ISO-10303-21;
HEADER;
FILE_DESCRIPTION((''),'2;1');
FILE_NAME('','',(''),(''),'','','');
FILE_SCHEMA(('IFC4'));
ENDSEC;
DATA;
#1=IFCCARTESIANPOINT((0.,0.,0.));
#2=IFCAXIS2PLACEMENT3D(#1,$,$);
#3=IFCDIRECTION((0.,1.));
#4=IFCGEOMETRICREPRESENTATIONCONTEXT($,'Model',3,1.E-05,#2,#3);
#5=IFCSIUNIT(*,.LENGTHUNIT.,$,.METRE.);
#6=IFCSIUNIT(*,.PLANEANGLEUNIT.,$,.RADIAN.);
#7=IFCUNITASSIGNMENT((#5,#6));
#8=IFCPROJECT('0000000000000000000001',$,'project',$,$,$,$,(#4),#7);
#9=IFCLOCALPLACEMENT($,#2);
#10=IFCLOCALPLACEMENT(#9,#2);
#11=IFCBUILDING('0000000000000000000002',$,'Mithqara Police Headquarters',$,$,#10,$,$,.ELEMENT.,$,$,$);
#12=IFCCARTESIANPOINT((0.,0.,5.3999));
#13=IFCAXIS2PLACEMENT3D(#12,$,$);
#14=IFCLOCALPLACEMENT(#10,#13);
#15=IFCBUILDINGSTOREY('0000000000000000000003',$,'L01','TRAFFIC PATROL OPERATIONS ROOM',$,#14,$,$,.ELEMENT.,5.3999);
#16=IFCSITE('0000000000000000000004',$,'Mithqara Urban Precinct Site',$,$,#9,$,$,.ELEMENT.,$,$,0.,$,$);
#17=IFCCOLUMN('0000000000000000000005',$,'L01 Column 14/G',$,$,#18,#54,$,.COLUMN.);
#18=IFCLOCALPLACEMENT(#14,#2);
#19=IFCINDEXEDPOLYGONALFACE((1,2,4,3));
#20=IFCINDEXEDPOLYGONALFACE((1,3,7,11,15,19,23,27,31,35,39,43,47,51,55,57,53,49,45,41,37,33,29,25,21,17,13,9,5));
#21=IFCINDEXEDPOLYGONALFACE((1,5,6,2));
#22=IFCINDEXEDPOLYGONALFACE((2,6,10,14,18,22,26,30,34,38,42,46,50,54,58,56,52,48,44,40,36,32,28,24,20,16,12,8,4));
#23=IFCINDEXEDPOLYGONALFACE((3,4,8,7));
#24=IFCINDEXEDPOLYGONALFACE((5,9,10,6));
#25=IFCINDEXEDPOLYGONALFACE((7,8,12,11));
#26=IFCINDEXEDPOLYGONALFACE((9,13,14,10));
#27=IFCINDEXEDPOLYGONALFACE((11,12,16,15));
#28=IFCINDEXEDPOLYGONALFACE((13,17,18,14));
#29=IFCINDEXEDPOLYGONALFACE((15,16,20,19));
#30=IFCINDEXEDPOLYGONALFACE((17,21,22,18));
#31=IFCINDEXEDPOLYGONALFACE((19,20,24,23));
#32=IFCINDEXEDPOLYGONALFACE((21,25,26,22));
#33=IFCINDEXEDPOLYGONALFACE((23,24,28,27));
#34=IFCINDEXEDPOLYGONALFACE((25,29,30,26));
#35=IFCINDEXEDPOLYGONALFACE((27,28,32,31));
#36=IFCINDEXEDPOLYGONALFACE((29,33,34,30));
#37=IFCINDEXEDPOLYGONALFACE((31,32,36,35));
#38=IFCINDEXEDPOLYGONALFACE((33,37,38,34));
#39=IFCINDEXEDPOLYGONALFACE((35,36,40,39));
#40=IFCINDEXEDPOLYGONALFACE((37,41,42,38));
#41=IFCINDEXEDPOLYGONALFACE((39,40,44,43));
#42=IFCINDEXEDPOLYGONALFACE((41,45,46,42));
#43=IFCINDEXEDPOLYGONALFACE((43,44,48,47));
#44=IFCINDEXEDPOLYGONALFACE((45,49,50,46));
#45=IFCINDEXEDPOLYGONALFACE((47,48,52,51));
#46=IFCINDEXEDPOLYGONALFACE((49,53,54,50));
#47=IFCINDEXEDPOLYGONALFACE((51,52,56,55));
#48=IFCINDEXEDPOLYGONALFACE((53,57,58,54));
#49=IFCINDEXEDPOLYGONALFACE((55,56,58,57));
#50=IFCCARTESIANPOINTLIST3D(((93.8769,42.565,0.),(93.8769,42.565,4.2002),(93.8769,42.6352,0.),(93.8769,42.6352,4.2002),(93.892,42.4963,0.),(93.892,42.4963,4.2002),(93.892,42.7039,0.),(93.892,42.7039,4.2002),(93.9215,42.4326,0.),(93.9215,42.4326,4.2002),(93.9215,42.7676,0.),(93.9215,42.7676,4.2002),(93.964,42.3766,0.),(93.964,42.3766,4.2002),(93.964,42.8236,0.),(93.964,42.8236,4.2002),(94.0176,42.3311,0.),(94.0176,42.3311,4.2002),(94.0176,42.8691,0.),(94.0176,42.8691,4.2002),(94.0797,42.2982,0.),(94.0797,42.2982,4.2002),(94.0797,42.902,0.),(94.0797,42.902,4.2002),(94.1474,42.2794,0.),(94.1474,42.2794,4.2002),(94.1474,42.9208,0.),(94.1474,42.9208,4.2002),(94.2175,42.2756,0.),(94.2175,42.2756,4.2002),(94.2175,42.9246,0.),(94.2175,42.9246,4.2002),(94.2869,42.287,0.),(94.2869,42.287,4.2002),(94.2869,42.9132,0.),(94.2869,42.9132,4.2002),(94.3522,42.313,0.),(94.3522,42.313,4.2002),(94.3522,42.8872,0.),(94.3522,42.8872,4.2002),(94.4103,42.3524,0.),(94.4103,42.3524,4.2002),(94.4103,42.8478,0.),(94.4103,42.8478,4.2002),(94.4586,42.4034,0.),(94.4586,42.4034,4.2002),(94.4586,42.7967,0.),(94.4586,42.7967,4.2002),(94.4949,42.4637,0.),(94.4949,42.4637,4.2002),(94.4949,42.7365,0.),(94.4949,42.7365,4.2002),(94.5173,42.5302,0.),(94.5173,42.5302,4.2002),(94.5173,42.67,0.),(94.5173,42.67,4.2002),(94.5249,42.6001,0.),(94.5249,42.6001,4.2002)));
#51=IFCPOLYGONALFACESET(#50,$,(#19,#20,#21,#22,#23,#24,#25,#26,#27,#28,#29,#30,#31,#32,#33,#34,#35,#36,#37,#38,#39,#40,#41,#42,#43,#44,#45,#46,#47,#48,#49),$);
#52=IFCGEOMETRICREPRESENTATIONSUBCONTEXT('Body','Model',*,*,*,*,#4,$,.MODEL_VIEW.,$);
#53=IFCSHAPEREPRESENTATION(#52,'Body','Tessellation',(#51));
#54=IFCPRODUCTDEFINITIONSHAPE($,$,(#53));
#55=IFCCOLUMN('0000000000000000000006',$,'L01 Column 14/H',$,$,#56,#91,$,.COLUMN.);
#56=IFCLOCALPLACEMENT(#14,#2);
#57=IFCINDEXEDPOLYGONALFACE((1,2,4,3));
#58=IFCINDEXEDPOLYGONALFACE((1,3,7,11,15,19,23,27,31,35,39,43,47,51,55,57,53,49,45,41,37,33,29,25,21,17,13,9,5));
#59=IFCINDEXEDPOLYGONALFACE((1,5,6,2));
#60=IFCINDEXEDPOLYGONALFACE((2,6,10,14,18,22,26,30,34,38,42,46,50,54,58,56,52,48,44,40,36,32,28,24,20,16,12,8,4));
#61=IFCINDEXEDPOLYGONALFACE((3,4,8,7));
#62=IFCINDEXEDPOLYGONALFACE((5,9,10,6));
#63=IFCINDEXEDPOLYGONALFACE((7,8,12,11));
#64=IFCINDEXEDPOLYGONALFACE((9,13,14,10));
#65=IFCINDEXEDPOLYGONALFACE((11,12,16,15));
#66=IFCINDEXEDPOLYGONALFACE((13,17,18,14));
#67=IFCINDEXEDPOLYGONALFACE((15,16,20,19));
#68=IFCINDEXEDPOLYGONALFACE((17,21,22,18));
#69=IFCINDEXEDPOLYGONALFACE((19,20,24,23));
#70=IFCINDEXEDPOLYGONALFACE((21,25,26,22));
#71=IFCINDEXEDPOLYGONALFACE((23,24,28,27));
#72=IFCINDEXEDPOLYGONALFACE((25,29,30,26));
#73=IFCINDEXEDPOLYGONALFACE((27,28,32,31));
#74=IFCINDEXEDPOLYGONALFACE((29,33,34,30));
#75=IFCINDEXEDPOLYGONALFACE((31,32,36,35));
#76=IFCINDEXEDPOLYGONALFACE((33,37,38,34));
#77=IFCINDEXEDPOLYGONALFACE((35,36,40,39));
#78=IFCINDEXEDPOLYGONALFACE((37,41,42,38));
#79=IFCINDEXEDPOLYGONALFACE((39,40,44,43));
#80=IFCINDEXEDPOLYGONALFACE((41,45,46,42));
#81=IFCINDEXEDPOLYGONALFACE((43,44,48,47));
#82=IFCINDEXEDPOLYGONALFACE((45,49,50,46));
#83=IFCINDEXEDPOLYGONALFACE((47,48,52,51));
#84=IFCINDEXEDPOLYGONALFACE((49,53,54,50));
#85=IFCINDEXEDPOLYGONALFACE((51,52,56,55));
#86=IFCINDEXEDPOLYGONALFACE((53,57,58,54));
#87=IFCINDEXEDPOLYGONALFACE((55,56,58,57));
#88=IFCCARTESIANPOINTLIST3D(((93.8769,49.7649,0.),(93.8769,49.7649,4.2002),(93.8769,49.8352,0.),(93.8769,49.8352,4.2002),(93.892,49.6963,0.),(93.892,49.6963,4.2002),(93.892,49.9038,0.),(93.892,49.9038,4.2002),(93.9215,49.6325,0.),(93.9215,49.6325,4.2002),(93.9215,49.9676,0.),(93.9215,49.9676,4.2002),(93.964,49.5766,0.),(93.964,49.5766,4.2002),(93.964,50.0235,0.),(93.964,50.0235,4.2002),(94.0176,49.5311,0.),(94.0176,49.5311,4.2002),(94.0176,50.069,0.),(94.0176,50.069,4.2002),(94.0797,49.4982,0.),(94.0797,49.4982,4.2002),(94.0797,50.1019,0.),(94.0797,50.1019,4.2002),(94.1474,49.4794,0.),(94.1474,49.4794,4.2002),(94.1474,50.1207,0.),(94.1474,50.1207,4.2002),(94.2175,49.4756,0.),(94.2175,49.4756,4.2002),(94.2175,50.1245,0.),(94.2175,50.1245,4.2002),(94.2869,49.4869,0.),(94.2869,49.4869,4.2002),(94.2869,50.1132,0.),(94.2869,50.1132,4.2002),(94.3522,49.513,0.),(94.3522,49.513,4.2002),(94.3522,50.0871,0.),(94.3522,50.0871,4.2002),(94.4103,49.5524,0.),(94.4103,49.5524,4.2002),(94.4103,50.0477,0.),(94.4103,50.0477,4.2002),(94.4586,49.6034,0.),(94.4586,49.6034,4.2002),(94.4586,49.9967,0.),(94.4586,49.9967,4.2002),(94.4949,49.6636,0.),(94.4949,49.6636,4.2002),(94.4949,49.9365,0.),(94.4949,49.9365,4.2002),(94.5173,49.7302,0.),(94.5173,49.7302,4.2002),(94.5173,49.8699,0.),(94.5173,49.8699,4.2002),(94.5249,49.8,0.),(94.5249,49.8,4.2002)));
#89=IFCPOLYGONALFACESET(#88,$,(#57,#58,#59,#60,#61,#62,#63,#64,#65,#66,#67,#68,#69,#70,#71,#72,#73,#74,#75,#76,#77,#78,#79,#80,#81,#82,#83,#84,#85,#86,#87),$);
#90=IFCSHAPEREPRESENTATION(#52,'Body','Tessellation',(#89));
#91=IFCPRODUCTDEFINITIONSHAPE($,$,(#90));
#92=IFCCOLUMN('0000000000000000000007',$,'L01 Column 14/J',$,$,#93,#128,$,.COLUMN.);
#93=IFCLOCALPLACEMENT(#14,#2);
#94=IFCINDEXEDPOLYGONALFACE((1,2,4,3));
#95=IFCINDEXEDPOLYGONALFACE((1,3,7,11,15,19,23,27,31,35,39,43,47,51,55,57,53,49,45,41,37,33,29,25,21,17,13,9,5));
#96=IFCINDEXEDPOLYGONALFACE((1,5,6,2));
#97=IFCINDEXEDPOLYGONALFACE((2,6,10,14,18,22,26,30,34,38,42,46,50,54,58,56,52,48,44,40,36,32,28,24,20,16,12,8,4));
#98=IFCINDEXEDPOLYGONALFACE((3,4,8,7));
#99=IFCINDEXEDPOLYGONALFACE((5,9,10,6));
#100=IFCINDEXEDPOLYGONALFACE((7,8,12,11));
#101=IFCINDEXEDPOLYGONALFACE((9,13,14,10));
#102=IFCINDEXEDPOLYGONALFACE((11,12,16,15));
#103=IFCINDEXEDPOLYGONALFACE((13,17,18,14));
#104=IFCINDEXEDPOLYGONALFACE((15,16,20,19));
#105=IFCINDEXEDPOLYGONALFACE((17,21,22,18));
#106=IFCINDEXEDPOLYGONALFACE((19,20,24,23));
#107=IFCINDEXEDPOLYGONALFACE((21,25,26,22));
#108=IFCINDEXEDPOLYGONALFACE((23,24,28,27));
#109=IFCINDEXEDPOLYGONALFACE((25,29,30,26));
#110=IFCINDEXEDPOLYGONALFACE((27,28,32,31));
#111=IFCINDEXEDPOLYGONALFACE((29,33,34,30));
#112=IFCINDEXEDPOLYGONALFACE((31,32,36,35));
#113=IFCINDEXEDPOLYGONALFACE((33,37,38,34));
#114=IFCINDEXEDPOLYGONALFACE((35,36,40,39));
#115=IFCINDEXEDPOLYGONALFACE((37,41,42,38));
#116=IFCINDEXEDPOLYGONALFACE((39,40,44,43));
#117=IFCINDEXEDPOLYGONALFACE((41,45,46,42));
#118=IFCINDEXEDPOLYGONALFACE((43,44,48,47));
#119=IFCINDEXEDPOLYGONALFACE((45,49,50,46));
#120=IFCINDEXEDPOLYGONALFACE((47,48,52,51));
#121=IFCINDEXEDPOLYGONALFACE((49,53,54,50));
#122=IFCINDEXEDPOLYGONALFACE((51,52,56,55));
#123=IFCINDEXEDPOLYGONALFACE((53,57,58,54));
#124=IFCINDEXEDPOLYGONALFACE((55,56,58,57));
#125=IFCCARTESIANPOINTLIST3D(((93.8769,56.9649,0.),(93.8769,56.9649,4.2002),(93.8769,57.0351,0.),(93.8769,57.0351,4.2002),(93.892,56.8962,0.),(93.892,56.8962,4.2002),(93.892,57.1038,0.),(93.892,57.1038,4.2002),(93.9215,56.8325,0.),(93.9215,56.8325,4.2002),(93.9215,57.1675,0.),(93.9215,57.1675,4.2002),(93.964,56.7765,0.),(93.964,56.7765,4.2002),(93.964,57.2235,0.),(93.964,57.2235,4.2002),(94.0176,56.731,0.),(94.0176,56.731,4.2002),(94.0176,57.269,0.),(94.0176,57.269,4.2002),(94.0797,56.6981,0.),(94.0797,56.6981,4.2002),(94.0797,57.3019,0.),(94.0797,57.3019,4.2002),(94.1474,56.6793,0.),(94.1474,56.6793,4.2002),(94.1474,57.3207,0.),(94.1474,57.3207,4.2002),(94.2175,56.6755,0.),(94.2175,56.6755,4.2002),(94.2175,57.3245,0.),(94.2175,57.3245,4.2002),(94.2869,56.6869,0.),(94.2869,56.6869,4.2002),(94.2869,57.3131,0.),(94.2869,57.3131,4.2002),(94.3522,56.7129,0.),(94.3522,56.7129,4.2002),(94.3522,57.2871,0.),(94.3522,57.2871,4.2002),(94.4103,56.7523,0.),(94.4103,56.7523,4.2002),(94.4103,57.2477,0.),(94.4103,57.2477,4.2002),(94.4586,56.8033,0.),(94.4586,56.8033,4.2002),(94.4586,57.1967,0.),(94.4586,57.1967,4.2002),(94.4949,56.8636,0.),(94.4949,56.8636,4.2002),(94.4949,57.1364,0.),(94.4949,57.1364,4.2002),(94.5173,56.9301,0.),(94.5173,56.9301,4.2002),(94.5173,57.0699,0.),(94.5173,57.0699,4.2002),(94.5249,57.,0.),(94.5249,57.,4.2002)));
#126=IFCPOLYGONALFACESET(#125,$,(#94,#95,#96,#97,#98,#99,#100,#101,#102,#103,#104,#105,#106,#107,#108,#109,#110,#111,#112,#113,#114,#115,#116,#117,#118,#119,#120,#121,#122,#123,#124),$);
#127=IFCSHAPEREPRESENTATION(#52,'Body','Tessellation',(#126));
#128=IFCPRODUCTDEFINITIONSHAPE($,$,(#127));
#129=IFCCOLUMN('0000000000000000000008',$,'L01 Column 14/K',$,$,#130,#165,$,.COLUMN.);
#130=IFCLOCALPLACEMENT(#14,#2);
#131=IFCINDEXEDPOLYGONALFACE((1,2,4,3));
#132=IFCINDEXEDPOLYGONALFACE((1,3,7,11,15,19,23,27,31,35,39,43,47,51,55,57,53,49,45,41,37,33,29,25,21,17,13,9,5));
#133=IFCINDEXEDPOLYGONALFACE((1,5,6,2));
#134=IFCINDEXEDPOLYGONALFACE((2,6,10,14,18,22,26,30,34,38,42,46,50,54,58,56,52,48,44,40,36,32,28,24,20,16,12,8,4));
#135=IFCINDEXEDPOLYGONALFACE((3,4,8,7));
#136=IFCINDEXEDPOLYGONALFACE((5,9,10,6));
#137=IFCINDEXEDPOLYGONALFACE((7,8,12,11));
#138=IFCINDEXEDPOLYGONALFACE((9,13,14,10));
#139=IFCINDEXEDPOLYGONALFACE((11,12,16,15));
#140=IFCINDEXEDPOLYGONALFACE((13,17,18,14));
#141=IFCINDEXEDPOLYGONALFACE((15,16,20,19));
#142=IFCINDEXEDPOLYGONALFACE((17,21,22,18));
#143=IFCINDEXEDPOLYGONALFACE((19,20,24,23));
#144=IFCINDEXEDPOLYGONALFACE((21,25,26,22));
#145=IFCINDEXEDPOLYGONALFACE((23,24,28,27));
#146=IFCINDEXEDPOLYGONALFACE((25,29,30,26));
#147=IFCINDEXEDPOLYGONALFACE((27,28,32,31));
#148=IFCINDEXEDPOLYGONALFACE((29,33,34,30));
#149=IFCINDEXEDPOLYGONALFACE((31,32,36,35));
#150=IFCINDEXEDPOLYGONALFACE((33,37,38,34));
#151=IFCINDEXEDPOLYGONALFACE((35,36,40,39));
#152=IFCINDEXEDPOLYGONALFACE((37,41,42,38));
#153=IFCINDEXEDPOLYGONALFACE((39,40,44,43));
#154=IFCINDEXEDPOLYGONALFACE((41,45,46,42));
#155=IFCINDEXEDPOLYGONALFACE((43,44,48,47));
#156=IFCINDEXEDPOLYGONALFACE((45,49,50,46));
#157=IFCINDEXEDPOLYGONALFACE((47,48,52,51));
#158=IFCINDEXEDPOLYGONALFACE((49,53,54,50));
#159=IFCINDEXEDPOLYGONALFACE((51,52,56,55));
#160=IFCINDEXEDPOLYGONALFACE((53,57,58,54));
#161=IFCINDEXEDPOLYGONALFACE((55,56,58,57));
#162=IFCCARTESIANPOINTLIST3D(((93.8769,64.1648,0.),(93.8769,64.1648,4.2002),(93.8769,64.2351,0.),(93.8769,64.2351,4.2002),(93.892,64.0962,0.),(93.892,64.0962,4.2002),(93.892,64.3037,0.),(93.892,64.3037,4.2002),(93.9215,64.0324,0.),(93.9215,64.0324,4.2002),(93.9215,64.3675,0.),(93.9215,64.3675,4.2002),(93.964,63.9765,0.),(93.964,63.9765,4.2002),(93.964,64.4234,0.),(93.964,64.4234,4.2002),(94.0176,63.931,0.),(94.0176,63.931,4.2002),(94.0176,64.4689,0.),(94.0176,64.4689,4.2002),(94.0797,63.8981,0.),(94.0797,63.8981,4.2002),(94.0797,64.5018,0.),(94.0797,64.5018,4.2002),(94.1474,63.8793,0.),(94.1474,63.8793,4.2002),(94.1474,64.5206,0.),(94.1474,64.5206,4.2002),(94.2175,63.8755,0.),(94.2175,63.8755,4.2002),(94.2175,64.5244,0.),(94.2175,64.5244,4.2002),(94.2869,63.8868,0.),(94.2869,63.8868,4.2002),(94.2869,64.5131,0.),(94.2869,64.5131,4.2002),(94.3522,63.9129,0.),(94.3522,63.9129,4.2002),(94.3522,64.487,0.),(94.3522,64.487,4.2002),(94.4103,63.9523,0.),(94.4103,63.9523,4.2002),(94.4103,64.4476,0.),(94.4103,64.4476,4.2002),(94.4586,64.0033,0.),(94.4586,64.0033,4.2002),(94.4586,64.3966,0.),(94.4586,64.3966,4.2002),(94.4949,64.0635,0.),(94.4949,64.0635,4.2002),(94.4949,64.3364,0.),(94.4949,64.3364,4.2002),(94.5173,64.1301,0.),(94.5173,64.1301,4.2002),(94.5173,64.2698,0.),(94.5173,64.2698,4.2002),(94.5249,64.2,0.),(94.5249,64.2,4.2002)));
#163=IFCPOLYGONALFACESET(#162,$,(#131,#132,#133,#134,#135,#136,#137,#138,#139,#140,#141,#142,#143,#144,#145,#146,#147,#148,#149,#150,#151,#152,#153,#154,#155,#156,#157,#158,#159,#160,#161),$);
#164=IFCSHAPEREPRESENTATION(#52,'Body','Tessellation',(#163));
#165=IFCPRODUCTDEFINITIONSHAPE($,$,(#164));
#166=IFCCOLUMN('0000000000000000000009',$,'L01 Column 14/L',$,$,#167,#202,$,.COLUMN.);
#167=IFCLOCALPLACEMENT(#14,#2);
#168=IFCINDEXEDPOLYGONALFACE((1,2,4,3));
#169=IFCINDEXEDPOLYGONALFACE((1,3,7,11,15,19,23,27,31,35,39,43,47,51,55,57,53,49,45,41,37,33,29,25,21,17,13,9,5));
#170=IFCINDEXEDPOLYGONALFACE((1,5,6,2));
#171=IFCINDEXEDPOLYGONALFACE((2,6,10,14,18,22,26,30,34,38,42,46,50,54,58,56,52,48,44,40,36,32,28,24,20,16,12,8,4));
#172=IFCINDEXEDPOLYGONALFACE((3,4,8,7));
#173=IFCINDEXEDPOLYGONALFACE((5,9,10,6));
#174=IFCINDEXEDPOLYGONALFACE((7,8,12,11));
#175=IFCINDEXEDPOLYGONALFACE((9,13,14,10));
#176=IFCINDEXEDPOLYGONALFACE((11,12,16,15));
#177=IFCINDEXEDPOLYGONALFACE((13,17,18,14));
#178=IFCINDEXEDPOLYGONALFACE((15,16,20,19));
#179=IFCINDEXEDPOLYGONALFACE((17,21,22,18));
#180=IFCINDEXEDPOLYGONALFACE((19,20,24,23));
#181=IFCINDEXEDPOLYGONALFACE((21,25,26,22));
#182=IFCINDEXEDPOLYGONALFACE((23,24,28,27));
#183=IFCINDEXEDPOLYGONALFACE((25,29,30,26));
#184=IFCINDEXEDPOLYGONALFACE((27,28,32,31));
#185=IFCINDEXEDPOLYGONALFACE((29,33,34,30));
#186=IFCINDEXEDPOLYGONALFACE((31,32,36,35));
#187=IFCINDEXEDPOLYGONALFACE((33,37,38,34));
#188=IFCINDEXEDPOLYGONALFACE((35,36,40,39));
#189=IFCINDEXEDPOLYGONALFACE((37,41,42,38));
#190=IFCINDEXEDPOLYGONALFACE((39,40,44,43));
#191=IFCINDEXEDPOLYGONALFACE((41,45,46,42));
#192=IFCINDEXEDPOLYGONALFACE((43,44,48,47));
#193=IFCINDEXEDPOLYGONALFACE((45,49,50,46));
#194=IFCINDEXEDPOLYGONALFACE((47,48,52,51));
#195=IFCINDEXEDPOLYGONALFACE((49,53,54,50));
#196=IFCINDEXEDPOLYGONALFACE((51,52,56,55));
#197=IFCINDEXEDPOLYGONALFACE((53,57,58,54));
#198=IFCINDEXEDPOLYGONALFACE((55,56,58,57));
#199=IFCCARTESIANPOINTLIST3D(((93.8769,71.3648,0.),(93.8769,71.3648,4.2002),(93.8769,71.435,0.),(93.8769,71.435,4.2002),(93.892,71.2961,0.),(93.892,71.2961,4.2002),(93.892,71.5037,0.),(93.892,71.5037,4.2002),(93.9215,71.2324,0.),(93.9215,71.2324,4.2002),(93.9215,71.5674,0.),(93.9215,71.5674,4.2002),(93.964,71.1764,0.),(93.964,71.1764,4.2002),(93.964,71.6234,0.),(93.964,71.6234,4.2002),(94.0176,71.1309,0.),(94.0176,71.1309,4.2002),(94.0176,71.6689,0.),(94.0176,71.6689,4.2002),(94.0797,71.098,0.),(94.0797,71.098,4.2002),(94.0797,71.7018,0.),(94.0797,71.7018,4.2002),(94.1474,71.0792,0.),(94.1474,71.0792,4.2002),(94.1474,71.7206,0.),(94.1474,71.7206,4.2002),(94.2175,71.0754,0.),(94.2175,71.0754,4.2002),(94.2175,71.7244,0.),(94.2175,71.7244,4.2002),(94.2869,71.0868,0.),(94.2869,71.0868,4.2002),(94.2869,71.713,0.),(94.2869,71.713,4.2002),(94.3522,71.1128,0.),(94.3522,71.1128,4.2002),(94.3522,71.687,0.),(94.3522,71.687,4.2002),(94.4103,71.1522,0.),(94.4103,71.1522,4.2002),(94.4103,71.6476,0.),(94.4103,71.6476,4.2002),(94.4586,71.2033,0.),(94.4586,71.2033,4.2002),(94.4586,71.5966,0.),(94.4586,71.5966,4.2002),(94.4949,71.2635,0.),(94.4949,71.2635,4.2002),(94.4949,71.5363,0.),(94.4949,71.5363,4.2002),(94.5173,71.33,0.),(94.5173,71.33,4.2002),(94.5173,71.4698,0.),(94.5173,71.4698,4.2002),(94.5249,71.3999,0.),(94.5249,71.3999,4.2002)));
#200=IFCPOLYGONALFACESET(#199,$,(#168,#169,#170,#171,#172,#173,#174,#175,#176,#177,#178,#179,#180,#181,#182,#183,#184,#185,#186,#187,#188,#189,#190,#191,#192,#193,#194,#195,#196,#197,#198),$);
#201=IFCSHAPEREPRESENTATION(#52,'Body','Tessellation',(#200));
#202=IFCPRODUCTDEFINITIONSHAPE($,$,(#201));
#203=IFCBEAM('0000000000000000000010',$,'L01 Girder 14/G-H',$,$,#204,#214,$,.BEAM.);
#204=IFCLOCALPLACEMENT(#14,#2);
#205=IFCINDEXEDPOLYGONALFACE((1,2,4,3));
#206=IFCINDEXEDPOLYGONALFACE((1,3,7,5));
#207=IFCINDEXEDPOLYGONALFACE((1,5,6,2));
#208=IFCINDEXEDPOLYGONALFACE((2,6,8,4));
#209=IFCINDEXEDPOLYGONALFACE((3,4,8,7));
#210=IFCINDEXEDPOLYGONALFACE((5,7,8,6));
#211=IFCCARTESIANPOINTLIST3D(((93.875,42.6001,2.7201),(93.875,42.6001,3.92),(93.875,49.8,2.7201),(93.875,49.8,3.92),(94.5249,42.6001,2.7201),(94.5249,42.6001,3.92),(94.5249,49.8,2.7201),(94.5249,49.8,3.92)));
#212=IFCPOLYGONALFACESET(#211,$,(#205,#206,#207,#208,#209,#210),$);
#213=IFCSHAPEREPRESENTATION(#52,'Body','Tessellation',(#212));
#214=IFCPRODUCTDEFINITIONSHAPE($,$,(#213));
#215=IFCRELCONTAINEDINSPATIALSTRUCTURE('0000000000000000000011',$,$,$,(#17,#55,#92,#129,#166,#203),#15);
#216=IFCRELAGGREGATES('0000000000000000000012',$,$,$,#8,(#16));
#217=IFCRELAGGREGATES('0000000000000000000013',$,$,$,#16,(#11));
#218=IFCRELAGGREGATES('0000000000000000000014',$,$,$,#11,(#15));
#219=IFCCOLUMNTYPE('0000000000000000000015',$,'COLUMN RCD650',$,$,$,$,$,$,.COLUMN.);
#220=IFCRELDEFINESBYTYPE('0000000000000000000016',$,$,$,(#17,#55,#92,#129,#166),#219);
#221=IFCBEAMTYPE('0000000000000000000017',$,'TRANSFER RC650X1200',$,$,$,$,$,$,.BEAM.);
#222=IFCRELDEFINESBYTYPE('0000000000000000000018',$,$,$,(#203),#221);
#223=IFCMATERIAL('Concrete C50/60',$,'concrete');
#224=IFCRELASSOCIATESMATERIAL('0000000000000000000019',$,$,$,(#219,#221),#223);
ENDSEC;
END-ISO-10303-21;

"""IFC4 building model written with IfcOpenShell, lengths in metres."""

from ifc_helpers import new_model, si_unit, direction, frame, origin, origin_2d, place, context, subcontext, project, spatial, rectangle, circle, extrude, material, material_profile, profile_set, type_object, element, save


model = new_model("IFC4")

# Units and contexts
model_context = context("Model", 3, precision=1e-05, world=origin(), true_north=direction((0.0, 1.0)))
body_context = subcontext(model_context, "Body", "Model", "MODEL_VIEW")
ifc_project = project(units=[si_unit("LENGTHUNIT", "METRE"), si_unit("PLANEANGLEUNIT", "RADIAN")], contexts=[model_context])

# Site, building, storey
site_placement = place(None, origin())
site = spatial("IfcSite", under=ifc_project, at=site_placement, Name="Mithqara Urban Precinct Site", CompositionType="ELEMENT", RefElevation=0.0)
building_placement = place(site_placement, origin())
building = spatial("IfcBuilding", under=site, at=building_placement, Name="Mithqara Police Headquarters", CompositionType="ELEMENT")
storey_placement = place(building_placement, frame((0.0, 0.0, 5.3999)))
storey = spatial("IfcBuildingStorey", under=building, at=storey_placement, Name="L01", Description="TRAFFIC PATROL OPERATIONS ROOM", CompositionType="ELEMENT", Elevation=5.3999)

# Columns
ifc_material_1 = material(Name="Concrete C50/60", Category="concrete")
ifc_material_profile_1 = material_profile(ifc_material_1, circle(Radius=0.325, at=origin_2d()), Name="RCD 650")
ifc_profile_set_1 = profile_set([ifc_material_profile_1], Name="Concrete C50/60")
column_type = type_object("IfcColumnType", Name="COLUMN RCD650", PredefinedType="COLUMN", material=ifc_profile_set_1)
for number, where, z_axis, x_axis, name in (
    (1, (94.2, 42.6001, 0.0), (0.0, 0.0, 1.0), (1.0, 0.0, 0.0), "L01 Column 14/G"),
    (2, (94.2, 49.8, 0.0), (0.0, 0.0, 1.0), (1.0, 0.0, 0.0), "L01 Column 14/H"),
    (3, (94.2, 57.0, 0.0), (0.0, 0.0, 1.0), (1.0, 0.0, 0.0), "L01 Column 14/J"),
    (4, (94.2, 64.2, 0.0), (0.0, 0.0, 1.0), (1.0, 0.0, 0.0), "L01 Column 14/K"),
    (5, (94.2, 71.3999, 0.0), (0.0, 0.0, 1.0), (1.0, 0.0, 0.0), "L01 Column 14/L"),
):
    element("IfcColumn", number, at=place(storey_placement, frame(where, z_axis=z_axis, x_axis=x_axis)), inside=storey, type_object=column_type, Name=name, PredefinedType="COLUMN", context=body_context, shape_type="SweptSolid", body=[
        extrude(circle(Radius=0.325, at=origin_2d()), origin(), (0.0, 0.0, 1.0), 4.2002),
    ])

# Beam
ifc_material_profile_2 = material_profile(ifc_material_1, rectangle(XDim=0.6499, YDim=1.2, at=origin_2d()), Name="RC 650x1200")
ifc_profile_set_2 = profile_set([ifc_material_profile_2], Name="Concrete C50/60")
beam_type = type_object("IfcBeamType", Name="TRANSFER RC650X1200", PredefinedType="BEAM", material=ifc_profile_set_2)
for number, where, z_axis, x_axis, name in (
    (6, (94.2, 42.6001, 3.3201), (0.0, 1.0, 0.0), (-1.0, 0.0, 0.0), "L01 Girder 14/G-H"),
):
    element("IfcBeam", number, at=place(storey_placement, frame(where, z_axis=z_axis, x_axis=x_axis)), inside=storey, type_object=beam_type, Name=name, PredefinedType="BEAM", context=body_context, shape_type="SweptSolid", body=[
        extrude(rectangle(XDim=0.6499, YDim=1.2, at=origin_2d()), origin(), (0.0, 0.0, 1.0), 7.2),
    ])

save(model, "model.ifc")
